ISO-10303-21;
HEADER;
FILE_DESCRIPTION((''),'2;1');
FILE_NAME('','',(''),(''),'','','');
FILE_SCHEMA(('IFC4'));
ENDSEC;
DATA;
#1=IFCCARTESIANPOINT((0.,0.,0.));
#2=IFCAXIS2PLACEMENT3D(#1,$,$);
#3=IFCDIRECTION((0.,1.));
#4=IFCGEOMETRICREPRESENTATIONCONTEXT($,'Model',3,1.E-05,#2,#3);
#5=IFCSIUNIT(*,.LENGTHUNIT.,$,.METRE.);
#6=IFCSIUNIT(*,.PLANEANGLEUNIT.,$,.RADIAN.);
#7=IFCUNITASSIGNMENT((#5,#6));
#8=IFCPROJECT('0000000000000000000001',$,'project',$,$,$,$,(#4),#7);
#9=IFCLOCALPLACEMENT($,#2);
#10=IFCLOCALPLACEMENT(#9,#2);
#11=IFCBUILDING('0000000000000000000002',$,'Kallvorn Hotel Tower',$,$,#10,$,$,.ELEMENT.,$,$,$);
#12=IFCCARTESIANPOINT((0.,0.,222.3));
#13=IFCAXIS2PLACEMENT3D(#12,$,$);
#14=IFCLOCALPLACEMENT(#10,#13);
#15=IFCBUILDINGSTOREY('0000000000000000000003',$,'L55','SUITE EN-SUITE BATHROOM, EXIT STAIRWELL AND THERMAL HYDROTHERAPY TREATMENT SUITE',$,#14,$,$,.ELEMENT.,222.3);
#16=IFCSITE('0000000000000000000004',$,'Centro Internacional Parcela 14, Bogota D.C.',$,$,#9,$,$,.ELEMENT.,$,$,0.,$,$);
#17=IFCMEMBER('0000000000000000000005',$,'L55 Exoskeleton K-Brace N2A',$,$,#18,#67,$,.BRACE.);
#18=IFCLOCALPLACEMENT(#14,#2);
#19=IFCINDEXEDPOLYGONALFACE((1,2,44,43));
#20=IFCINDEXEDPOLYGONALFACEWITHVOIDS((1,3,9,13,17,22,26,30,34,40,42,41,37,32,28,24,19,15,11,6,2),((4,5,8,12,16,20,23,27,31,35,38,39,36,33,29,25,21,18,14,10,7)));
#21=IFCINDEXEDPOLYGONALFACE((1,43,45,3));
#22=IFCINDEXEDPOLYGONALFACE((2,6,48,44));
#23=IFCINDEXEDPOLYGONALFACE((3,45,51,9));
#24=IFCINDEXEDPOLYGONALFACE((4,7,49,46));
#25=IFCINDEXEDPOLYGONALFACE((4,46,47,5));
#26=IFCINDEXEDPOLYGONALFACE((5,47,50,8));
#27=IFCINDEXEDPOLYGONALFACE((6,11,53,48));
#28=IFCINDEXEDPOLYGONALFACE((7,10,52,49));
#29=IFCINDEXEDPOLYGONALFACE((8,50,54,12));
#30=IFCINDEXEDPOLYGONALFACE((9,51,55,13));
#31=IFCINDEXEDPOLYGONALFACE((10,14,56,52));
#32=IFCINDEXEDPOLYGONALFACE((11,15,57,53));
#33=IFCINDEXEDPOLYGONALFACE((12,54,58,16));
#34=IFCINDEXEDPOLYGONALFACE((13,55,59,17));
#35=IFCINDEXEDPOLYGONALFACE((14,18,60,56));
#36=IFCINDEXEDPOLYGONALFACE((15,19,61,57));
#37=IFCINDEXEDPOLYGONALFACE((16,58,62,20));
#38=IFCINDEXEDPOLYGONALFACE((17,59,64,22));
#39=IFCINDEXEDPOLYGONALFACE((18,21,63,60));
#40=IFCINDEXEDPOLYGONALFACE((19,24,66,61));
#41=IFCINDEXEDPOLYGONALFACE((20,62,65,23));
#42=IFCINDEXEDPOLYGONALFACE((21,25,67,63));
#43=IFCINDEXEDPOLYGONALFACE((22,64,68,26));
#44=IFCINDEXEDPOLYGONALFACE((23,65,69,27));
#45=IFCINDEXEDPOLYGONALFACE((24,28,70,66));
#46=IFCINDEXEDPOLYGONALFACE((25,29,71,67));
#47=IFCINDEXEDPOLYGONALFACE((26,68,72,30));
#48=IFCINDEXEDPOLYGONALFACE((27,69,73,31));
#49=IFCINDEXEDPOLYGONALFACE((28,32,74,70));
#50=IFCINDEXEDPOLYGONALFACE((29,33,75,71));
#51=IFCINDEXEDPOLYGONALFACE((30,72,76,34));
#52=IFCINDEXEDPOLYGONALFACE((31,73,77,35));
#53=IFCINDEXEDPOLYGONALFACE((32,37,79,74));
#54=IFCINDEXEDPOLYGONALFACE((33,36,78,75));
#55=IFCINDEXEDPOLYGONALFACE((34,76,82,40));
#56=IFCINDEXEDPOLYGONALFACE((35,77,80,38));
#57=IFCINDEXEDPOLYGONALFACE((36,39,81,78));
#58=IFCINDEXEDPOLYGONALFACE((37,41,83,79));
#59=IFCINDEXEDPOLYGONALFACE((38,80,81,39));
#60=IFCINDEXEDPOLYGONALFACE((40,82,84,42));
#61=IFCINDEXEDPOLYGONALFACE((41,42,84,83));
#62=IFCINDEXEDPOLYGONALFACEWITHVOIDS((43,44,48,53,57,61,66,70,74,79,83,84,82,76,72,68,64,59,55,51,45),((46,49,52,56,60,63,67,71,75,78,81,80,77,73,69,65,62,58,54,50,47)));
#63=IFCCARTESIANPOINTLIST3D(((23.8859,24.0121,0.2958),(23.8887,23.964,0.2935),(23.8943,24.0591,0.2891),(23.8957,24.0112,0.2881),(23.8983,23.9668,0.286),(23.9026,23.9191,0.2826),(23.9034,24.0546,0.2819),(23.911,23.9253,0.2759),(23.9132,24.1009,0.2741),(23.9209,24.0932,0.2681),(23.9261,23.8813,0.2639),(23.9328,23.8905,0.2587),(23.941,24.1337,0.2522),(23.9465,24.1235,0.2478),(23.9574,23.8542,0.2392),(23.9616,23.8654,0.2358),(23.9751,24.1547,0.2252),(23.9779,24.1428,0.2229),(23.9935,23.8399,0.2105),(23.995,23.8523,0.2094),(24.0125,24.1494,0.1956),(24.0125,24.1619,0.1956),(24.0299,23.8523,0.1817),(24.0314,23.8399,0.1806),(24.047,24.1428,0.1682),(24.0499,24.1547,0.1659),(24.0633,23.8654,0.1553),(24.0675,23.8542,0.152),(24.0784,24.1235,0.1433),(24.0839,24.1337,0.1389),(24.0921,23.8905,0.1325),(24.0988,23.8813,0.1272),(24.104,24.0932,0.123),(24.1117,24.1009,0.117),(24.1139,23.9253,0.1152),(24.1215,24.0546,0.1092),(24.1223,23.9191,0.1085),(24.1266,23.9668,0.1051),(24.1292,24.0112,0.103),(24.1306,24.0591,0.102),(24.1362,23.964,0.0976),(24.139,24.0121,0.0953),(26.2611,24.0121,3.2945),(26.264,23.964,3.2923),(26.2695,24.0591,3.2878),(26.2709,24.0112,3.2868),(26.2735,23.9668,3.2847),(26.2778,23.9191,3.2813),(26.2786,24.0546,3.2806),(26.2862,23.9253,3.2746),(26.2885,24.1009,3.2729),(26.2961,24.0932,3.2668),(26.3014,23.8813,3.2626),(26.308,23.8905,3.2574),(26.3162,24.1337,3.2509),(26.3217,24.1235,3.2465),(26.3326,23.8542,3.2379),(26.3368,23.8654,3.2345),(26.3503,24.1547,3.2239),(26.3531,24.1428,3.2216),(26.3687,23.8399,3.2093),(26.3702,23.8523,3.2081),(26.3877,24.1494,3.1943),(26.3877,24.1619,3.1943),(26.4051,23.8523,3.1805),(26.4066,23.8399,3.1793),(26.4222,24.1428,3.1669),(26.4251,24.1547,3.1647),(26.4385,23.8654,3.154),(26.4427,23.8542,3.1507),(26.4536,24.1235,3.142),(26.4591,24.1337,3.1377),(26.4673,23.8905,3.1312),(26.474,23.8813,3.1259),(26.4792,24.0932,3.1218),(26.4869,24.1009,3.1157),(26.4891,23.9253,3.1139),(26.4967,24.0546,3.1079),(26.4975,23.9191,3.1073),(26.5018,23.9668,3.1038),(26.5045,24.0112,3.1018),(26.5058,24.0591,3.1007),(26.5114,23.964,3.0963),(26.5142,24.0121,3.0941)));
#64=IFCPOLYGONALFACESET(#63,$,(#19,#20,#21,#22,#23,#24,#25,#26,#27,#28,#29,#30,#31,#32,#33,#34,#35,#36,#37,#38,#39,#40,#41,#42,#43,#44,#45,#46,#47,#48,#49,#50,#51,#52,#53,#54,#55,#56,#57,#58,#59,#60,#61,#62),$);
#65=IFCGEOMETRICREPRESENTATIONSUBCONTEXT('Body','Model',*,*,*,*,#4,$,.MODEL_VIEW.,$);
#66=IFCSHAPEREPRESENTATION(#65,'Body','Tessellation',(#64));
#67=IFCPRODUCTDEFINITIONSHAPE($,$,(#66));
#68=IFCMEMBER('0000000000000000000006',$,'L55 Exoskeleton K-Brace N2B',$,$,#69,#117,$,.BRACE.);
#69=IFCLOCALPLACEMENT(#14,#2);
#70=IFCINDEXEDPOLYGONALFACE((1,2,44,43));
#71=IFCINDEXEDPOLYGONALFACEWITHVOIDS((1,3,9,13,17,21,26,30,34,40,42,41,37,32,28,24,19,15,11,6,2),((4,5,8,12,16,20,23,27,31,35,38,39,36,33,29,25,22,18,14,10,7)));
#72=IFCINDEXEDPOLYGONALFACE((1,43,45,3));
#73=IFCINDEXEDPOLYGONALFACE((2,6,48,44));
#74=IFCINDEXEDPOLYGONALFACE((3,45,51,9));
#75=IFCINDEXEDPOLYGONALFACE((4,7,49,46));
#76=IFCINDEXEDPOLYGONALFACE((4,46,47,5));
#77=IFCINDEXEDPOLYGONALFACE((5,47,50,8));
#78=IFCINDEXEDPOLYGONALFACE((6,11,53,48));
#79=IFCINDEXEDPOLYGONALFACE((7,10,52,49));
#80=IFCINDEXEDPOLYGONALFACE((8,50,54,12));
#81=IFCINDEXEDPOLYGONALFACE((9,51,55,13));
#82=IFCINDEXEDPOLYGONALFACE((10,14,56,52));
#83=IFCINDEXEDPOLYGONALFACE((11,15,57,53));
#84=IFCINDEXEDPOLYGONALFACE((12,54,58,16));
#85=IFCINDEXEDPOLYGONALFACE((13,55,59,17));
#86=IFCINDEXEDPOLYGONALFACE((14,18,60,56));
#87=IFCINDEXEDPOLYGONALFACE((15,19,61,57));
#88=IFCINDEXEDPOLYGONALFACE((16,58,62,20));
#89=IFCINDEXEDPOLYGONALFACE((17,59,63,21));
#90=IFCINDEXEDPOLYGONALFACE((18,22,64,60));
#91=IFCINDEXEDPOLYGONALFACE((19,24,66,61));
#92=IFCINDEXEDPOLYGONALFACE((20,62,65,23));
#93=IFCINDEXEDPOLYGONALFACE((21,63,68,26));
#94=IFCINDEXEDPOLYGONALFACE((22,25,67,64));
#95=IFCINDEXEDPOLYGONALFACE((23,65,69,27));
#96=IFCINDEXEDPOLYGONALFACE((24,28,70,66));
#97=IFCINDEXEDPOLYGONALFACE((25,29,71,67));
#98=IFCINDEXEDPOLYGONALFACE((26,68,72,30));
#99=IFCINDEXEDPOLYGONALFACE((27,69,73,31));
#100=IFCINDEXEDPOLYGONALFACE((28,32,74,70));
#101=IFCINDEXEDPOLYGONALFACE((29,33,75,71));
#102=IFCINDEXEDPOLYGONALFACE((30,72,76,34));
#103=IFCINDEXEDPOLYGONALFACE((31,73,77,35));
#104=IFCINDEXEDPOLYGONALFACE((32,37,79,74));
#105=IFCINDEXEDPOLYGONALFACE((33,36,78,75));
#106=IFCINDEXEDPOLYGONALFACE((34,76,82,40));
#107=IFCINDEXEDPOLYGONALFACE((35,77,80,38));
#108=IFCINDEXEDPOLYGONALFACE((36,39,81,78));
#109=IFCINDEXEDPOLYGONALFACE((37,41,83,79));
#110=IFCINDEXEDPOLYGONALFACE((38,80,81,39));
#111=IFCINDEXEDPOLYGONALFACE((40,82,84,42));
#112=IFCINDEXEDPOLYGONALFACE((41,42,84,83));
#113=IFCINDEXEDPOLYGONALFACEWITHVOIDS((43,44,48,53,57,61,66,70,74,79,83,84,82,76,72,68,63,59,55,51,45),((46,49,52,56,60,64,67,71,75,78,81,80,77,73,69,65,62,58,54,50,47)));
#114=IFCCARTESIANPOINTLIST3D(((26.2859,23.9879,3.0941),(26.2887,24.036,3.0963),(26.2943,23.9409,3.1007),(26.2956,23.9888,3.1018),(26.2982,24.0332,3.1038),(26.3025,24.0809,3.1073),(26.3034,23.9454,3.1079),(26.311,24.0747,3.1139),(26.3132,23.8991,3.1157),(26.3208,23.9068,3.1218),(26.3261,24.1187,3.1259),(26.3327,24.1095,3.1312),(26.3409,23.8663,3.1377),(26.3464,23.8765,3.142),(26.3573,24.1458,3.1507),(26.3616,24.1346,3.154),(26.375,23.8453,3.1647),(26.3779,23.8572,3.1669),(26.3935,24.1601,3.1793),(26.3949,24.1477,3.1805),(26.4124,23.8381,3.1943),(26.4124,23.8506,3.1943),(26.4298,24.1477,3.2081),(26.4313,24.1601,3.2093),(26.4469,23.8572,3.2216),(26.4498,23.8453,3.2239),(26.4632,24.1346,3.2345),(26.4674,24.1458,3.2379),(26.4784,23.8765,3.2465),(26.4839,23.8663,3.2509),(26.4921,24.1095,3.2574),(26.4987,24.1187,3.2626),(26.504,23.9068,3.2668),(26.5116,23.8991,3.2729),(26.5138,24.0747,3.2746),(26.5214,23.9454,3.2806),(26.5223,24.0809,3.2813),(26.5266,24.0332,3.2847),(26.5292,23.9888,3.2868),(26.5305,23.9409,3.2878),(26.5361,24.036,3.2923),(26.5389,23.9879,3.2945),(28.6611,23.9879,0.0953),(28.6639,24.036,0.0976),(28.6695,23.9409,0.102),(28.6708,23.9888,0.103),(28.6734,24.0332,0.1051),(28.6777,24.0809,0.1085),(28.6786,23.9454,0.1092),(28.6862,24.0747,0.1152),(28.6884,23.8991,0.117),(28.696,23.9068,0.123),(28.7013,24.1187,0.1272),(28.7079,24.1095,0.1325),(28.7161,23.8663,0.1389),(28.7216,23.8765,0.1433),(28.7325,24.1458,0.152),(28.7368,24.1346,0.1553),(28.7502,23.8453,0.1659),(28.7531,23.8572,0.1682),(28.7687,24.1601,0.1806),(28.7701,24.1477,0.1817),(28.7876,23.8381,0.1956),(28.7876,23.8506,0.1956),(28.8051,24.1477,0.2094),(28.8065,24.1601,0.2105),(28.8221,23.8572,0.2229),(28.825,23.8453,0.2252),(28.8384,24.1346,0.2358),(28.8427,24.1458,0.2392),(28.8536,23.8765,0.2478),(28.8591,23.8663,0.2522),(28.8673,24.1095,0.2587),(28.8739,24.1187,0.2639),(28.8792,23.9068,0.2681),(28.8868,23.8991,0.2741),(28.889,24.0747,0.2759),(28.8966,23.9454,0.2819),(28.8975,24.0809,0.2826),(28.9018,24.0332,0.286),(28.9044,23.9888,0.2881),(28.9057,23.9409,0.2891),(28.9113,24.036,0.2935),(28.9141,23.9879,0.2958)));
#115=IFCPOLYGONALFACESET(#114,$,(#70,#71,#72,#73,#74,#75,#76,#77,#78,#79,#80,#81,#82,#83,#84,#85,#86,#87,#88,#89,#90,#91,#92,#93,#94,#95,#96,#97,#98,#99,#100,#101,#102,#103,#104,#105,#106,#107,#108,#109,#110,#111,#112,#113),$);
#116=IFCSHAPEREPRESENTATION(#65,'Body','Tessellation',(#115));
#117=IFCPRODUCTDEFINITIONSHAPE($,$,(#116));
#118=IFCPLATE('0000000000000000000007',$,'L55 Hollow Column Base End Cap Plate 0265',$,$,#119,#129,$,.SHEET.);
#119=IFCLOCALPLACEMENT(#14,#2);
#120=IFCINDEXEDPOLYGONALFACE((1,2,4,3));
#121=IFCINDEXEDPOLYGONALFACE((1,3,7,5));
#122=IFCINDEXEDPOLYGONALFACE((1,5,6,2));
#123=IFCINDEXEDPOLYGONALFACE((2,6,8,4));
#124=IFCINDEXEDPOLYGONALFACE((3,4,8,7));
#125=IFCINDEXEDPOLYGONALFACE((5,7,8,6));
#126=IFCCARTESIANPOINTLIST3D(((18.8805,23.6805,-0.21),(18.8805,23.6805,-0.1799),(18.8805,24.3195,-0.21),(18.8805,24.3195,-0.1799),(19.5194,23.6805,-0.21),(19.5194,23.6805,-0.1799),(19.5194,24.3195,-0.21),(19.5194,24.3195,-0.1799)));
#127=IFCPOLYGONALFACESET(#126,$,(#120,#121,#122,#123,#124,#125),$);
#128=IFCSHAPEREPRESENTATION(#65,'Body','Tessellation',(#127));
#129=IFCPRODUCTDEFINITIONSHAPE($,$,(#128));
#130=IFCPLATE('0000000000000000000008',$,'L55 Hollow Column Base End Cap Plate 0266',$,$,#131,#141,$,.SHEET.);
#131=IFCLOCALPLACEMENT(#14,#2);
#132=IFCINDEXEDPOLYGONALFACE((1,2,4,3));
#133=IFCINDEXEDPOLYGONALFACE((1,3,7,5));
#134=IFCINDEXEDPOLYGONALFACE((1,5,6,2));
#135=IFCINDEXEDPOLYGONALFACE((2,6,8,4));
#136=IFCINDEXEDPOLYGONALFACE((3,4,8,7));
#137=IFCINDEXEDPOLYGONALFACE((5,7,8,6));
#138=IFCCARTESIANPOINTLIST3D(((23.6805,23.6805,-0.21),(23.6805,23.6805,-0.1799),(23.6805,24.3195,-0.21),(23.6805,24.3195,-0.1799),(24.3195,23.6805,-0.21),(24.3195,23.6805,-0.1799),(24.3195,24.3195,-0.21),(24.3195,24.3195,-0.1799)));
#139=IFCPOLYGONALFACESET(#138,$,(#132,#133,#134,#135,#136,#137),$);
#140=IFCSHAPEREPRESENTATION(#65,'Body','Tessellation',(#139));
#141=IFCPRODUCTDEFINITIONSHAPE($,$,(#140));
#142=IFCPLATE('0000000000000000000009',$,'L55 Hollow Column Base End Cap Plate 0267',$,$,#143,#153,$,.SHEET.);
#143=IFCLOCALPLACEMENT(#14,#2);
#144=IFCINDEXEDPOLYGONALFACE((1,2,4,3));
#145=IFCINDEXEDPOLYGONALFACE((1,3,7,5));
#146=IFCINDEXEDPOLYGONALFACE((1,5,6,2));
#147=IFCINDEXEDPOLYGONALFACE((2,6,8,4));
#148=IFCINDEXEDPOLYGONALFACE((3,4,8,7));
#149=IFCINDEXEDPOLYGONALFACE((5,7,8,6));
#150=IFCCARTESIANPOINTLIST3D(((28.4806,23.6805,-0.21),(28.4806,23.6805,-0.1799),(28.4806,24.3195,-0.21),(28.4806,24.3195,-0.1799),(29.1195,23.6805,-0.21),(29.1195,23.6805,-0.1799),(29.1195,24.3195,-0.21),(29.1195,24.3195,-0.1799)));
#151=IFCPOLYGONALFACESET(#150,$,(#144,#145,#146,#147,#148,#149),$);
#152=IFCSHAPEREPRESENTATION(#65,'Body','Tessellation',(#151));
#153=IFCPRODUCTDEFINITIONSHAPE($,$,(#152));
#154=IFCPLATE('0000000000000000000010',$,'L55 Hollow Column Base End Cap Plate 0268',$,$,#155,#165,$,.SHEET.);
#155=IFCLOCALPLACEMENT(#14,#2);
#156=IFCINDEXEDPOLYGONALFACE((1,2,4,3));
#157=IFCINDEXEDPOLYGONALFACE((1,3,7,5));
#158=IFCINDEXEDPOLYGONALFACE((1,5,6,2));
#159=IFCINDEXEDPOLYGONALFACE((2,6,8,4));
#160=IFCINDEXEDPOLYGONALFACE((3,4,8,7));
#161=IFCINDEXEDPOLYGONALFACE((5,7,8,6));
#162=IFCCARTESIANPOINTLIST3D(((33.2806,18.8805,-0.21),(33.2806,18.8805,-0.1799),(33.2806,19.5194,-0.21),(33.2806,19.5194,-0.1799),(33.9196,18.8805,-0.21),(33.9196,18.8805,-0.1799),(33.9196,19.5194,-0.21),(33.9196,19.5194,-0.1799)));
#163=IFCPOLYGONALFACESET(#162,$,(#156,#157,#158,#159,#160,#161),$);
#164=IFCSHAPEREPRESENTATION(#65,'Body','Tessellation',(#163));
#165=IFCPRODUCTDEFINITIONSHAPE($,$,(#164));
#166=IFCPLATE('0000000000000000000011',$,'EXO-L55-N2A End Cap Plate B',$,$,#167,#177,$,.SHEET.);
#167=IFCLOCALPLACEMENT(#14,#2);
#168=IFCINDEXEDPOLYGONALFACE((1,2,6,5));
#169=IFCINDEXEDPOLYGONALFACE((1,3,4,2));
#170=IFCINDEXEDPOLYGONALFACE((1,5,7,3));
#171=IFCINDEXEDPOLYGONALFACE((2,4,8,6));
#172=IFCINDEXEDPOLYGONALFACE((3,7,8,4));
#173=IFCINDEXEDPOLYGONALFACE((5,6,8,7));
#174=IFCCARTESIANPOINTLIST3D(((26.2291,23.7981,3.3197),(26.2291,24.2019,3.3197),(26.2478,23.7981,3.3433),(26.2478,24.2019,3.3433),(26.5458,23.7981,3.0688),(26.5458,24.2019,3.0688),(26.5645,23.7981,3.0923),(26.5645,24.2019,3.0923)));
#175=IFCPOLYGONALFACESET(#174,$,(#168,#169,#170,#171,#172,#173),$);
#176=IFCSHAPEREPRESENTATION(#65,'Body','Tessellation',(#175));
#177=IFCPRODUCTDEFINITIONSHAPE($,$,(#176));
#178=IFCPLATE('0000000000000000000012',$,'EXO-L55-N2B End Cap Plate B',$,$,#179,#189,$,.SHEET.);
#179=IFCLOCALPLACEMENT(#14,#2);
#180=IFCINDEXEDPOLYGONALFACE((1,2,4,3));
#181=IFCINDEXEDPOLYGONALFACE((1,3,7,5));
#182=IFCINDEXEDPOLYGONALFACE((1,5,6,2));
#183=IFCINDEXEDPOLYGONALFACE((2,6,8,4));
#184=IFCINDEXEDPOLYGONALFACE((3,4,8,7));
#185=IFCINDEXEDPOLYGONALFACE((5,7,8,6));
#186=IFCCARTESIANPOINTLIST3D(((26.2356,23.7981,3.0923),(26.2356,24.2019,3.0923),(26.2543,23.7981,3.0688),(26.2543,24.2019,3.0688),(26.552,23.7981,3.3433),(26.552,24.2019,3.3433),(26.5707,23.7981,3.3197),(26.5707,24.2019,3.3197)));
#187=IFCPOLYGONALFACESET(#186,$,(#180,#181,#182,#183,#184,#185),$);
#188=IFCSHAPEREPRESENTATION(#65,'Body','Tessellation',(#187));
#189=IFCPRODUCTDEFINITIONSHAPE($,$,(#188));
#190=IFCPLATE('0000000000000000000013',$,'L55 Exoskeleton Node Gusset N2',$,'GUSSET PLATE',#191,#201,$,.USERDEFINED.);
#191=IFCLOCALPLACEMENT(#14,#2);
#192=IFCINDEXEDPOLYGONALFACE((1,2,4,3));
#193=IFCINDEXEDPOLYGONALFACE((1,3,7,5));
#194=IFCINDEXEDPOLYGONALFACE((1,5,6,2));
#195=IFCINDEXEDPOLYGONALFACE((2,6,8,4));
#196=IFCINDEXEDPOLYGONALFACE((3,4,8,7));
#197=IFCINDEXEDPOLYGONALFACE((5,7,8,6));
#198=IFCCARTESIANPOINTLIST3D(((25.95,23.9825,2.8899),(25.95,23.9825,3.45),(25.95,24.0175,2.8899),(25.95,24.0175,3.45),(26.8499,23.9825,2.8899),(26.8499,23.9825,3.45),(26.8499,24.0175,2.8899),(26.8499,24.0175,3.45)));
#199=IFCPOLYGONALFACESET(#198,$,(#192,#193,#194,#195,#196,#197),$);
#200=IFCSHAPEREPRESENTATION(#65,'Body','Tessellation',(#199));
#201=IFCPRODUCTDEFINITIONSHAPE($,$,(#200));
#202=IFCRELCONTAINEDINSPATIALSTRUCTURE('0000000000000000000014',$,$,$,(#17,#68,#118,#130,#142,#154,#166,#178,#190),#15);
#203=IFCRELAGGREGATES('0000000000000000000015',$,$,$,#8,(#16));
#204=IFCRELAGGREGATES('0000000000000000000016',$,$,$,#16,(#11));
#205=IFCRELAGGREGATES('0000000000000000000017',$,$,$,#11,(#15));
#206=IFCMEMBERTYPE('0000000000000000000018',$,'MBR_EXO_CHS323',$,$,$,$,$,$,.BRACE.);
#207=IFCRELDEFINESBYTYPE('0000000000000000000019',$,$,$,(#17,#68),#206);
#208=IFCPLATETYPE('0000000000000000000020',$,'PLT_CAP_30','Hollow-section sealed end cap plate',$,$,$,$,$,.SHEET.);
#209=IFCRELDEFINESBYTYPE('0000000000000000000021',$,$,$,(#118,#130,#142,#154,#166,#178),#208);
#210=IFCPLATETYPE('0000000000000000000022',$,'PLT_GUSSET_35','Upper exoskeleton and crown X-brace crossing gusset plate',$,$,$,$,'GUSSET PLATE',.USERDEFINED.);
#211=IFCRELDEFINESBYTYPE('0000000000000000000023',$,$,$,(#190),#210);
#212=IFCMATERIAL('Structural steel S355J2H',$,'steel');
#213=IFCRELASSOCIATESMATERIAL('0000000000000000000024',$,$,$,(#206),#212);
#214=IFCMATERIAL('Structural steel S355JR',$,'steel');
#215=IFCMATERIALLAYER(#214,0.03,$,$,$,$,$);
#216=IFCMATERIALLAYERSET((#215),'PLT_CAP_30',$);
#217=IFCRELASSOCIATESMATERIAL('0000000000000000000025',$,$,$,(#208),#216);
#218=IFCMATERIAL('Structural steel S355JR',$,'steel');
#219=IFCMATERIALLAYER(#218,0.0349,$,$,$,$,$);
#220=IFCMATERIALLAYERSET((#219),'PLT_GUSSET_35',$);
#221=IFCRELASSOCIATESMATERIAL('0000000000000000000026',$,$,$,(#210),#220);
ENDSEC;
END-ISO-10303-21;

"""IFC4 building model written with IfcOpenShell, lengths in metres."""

from ifc_helpers import new_model, si_unit, direction, frame, origin, origin_2d, place, context, subcontext, project, spatial, polyline, rectangle, hollow_circle, outline, extrude, material, layer, layer_set, material_profile, profile_set, type_object, element, save


model = new_model("IFC4")

# Units and contexts
model_context = context("Model", 3, precision=1e-05, world=origin(), true_north=direction((0.0, 1.0)))
body_context = subcontext(model_context, "Body", "Model", "MODEL_VIEW")
ifc_project = project(units=[si_unit("LENGTHUNIT", "METRE"), si_unit("PLANEANGLEUNIT", "RADIAN")], contexts=[model_context])

# Site, building, storey
site_placement = place(None, origin())
site = spatial("IfcSite", under=ifc_project, at=site_placement, Name="Centro Internacional Parcela 14, Bogota D.C.", CompositionType="ELEMENT", RefElevation=0.0)
building_placement = place(site_placement, origin())
building = spatial("IfcBuilding", under=site, at=building_placement, Name="Kallvorn Hotel Tower", CompositionType="ELEMENT")
storey_placement = place(building_placement, frame((0.0, 0.0, 222.3)))
storey = spatial("IfcBuildingStorey", under=building, at=storey_placement, Name="L55", Description="SUITE EN-SUITE BATHROOM, EXIT STAIRWELL AND THERMAL HYDROTHERAPY TREATMENT SUITE", CompositionType="ELEMENT", Elevation=222.3)

# Members
ifc_material_1 = material(Name="Structural steel S355J2H", Category="steel")
ifc_material_profile_1 = material_profile(ifc_material_1, hollow_circle(Radius=0.1619, WallThickness=0.0125, at=origin_2d()), Name="CHS 323.9x12.5")
ifc_profile_set_1 = profile_set([ifc_material_profile_1], Name="Structural steel S355J2H")
member_type_1 = type_object("IfcMemberType", Name="MBR_EXO_CHS323", PredefinedType="BRACE", material=ifc_profile_set_1)
for number, where, z_axis, x_axis, name in (
    (1, (24.0125, 24.0, 0.1956), (0.620897, 0.0, 0.783892), (0.0, 1.0, 0.0), "L55 Exoskeleton K-Brace N2A"),
    (2, (28.7876, 24.0, 0.1956), (-0.620897, 0.0, 0.783892), (0.0, -1.0, 0.0), "L55 Exoskeleton K-Brace N2B"),
):
    element("IfcMember", number, at=place(storey_placement, frame(where, z_axis=z_axis, x_axis=x_axis)), inside=storey, type_object=member_type_1, Name=name, PredefinedType="BRACE", context=body_context, shape_type="SweptSolid", body=[
        extrude(hollow_circle(Radius=0.1619, WallThickness=0.0125, at=origin_2d()), origin(), (0.0, 0.0, 1.0), 3.8254),
    ])

# Plates
ifc_material_2 = material(Name="Structural steel S355JR", Category="steel")
ifc_layer_1 = layer(ifc_material_2, 0.03)
ifc_layer_set_1 = layer_set([ifc_layer_1], Name="PLT_CAP_30")
plate_type_1 = type_object("IfcPlateType", Name="PLT_CAP_30", Description="Hollow-section sealed end cap plate", PredefinedType="SHEET", material=ifc_layer_set_1)
for number, where, z_axis, x_axis, name in (
    (3, (19.2, 24.0, -0.21), (0.0, 0.0, 1.0), (1.0, 0.0, 0.0), "L55 Hollow Column Base End Cap Plate 0265"),
    (4, (24.0, 24.0, -0.21), (0.0, 0.0, 1.0), (1.0, 0.0, 0.0), "L55 Hollow Column Base End Cap Plate 0266"),
    (5, (28.8, 24.0, -0.21), (0.0, 0.0, 1.0), (1.0, 0.0, 0.0), "L55 Hollow Column Base End Cap Plate 0267"),
    (6, (33.6001, 19.2, -0.21), (0.0, 0.0, 1.0), (1.0, 0.0, 0.0), "L55 Hollow Column Base End Cap Plate 0268"),
):
    element("IfcPlate", number, at=place(storey_placement, frame(where, z_axis=z_axis, x_axis=x_axis)), inside=storey, type_object=plate_type_1, Name=name, PredefinedType="SHEET", context=body_context, shape_type="SweptSolid", body=[
        extrude(rectangle(XDim=0.6389, YDim=0.6389, at=origin_2d()), origin(), (0.0, 0.0, 1.0), 0.03),
    ])
plate_1_placement = place(storey_placement, frame((26.5645, 23.7981, 3.0923), z_axis=(0.621152, 0.0, 0.78369), x_axis=(0.0, 1.0, 0.0)))
element("IfcPlate", 7, at=plate_1_placement, inside=storey, type_object=plate_type_1, Name="EXO-L55-N2A End Cap Plate B", PredefinedType="SHEET", context=body_context, shape_type="SweptSolid", body=[
    extrude(outline(polyline([(0.0, 0.0), (0.4038, 0.0), (0.4038, 0.4041), (0.0, 0.4041), (0.0, 0.0)])), origin(), (0.0, 0.0, -1.0), 0.03),
])
plate_2_placement = place(storey_placement, frame((26.2356, 24.2019, 3.0923), z_axis=(-0.621446, 0.0, 0.783457), x_axis=(0.0, -1.0, 0.0)))
element("IfcPlate", 8, at=plate_2_placement, inside=storey, type_object=plate_type_1, Name="EXO-L55-N2B End Cap Plate B", PredefinedType="SHEET", context=body_context, shape_type="SweptSolid", body=[
    extrude(outline(polyline([(0.0, 0.0), (0.4038, 0.0), (0.4038, 0.4039), (0.0, 0.4039), (0.0, 0.0)])), origin(), (0.0, 0.0, -1.0), 0.03),
])
ifc_material_3 = material(Name="Structural steel S355JR", Category="steel")
ifc_layer_2 = layer(ifc_material_3, 0.0349)
ifc_layer_set_2 = layer_set([ifc_layer_2], Name="PLT_GUSSET_35")
plate_type_2 = type_object("IfcPlateType", Name="PLT_GUSSET_35", Description="Upper exoskeleton and crown X-brace crossing gusset plate", ElementType="GUSSET PLATE", PredefinedType="USERDEFINED", material=ifc_layer_set_2)
plate_3_placement = place(storey_placement, frame((26.3999, 24.0, 2.8899), z_axis=(0.0, 0.0, 1.0), x_axis=(1.0, 0.0, 0.0)))
element("IfcPlate", 9, at=plate_3_placement, inside=storey, type_object=plate_type_2, Name="L55 Exoskeleton Node Gusset N2", ObjectType="GUSSET PLATE", PredefinedType="USERDEFINED", context=body_context, shape_type="SweptSolid", body=[
    extrude(rectangle(XDim=0.8999, YDim=0.0349, at=origin_2d()), origin(), (0.0, 0.0, 1.0), 0.5601),
])

save(model, "model.ifc")
